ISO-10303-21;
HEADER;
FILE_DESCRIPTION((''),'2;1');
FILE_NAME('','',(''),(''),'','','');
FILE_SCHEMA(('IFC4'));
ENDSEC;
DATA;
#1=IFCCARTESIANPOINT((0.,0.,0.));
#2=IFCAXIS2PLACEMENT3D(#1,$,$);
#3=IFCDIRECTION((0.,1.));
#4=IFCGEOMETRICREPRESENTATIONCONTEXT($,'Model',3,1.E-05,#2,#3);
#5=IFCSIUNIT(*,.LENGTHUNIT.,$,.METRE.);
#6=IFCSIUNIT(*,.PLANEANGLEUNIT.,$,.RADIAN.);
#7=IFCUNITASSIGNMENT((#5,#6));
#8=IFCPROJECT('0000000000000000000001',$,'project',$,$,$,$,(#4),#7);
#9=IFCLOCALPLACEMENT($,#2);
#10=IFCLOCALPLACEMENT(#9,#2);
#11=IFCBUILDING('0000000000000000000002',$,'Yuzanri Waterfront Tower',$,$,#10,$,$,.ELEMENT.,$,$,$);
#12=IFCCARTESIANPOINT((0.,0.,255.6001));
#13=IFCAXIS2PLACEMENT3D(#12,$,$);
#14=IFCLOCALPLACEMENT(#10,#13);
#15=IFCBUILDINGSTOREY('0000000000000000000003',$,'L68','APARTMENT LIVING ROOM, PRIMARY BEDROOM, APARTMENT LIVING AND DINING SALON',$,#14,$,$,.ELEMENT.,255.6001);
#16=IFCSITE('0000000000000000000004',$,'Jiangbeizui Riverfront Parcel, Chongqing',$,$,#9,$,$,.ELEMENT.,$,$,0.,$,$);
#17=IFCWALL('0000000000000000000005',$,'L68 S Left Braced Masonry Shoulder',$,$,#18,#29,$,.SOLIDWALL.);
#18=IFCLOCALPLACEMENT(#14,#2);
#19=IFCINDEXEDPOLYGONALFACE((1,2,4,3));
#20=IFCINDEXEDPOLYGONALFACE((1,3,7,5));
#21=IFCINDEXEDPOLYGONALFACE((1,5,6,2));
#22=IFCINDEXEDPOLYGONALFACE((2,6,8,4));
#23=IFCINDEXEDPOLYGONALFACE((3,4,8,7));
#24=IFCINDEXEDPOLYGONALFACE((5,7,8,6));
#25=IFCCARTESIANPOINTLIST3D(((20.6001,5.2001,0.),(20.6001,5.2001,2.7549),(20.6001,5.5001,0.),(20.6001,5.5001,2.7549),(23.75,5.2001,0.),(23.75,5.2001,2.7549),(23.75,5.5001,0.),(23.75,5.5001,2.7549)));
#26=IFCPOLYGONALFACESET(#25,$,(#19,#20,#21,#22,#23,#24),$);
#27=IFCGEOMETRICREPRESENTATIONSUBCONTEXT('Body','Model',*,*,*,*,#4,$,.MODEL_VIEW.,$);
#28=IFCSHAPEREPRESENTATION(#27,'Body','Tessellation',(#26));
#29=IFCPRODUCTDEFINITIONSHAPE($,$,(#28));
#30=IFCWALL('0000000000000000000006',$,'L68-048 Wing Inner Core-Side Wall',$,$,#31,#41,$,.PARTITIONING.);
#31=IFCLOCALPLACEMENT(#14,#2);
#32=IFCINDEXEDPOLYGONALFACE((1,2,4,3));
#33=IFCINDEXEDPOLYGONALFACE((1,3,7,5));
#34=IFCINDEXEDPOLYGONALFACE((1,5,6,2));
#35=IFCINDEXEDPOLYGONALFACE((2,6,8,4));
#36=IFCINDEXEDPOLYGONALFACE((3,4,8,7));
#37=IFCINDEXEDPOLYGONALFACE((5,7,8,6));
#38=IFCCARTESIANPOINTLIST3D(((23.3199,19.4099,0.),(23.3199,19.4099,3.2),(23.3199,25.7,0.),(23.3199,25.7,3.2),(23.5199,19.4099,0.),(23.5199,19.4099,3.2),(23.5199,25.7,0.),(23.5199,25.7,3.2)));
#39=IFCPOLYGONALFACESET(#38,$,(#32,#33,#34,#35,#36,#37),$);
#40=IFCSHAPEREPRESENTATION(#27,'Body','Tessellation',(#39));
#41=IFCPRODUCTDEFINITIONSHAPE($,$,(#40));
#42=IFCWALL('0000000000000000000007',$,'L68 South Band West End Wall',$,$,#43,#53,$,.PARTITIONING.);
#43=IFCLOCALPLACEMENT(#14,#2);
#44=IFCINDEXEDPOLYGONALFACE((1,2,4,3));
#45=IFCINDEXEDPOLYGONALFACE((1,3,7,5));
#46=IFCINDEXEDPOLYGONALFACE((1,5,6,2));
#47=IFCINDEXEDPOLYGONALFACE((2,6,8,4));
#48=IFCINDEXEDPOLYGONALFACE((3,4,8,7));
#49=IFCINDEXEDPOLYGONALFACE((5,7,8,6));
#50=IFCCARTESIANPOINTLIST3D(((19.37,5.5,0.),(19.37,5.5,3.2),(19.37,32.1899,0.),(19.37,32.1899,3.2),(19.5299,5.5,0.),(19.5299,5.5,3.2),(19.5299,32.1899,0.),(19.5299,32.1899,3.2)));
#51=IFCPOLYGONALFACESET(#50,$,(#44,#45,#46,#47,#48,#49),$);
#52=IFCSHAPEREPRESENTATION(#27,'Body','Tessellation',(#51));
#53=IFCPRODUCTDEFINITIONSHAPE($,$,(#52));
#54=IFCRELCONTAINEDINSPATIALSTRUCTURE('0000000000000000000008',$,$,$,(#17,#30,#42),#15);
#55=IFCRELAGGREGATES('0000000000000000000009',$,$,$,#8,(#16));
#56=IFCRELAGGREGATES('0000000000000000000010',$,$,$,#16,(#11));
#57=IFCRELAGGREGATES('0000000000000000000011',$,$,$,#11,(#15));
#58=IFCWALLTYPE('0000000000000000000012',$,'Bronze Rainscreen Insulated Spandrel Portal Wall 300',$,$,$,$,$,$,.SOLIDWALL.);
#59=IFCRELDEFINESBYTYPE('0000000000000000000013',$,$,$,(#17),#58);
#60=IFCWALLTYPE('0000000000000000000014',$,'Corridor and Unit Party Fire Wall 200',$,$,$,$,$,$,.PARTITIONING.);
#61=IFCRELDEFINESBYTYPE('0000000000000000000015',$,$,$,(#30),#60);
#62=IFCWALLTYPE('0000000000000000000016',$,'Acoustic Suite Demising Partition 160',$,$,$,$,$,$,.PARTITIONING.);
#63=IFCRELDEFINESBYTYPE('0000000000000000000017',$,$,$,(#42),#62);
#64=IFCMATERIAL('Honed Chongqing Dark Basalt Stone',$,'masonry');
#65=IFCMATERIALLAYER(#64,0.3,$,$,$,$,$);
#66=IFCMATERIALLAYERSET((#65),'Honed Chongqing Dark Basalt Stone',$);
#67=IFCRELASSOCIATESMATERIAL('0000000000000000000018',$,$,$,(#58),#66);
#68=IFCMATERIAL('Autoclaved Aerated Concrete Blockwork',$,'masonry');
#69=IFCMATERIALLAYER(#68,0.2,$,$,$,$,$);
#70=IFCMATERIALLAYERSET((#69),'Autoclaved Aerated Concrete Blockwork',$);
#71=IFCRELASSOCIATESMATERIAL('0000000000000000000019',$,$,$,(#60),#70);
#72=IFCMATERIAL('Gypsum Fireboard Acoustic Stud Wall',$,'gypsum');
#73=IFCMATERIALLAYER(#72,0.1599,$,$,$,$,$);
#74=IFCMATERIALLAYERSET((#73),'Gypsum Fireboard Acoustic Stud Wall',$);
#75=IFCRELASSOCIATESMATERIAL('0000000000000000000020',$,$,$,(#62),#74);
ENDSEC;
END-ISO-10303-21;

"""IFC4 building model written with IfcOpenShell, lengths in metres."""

from ifc_helpers import new_model, si_unit, direction, frame, frame_2d, origin, place, context, subcontext, project, spatial, rectangle, extrude, source, transform, mapped, material, layer, layer_set, type_object, element, save


model = new_model("IFC4")

# Units and contexts
model_context = context("Model", 3, precision=1e-05, world=origin(), true_north=direction((0.0, 1.0)))
body_context = subcontext(model_context, "Body", "Model", "MODEL_VIEW")
ifc_project = project(units=[si_unit("LENGTHUNIT", "METRE"), si_unit("PLANEANGLEUNIT", "RADIAN")], contexts=[model_context])

# Site, building, storey
site_placement = place(None, origin())
site = spatial("IfcSite", under=ifc_project, at=site_placement, Name="Jiangbeizui Riverfront Parcel, Chongqing", CompositionType="ELEMENT", RefElevation=0.0)
building_placement = place(site_placement, origin())
building = spatial("IfcBuilding", under=site, at=building_placement, Name="Yuzanri Waterfront Tower", CompositionType="ELEMENT")
storey_placement = place(building_placement, frame((0.0, 0.0, 255.6001)))
storey = spatial("IfcBuildingStorey", under=building, at=storey_placement, Name="L68", Description="APARTMENT LIVING ROOM, PRIMARY BEDROOM, APARTMENT LIVING AND DINING SALON", CompositionType="ELEMENT", Elevation=255.6001)

# Shared definitions
ifc_material_1 = material(Name="Honed Chongqing Dark Basalt Stone", Category="masonry")
ifc_layer_1 = layer(ifc_material_1, 0.3)
ifc_layer_set_1 = layer_set([ifc_layer_1], Name="Honed Chongqing Dark Basalt Stone")
wall_type_1 = type_object("IfcWallType", Name="Bronze Rainscreen Insulated Spandrel Portal Wall 300", PredefinedType="SOLIDWALL", material=ifc_layer_set_1)

# Shared definitions
ifc_material_2 = material(Name="Autoclaved Aerated Concrete Blockwork", Category="masonry")
ifc_layer_2 = layer(ifc_material_2, 0.2)
ifc_layer_set_2 = layer_set([ifc_layer_2], Name="Autoclaved Aerated Concrete Blockwork")
wall_type_2 = type_object("IfcWallType", Name="Corridor and Unit Party Fire Wall 200", PredefinedType="PARTITIONING", material=ifc_layer_set_2)

# Walls
shared_shape_1 = source(origin(), body_context, "Body", "SweptSolid", [
    extrude(rectangle(XDim=3.1499, YDim=0.3, at=frame_2d((1.575, 0.0))), origin(), (0.0, 0.0, 1.0), 2.7549),
])
wall_1_placement = place(storey_placement, frame((20.6001, 5.3501, 0.0), z_axis=(0.0, 0.0, 1.0), x_axis=(1.0, 0.0, 0.0)))
element("IfcWall", 1, at=wall_1_placement, inside=storey, type_object=wall_type_1, Name="L68 S Left Braced Masonry Shoulder", PredefinedType="SOLIDWALL", context=body_context, shape_type="MappedRepresentation", body=[
    mapped(shared_shape_1, transform((0.0, 0.0, 0.0), scale=1.0)),
])
shared_shape_2 = source(origin(), body_context, "Body", "SweptSolid", [
    extrude(rectangle(XDim=6.29, YDim=0.2, at=frame_2d((3.145, 0.0))), origin(), (0.0, 0.0, 1.0), 3.2),
])
wall_2_placement = place(storey_placement, frame((23.4199, 19.4099, 0.0), z_axis=(0.0, 0.0, 1.0), x_axis=(0.0, 1.0, 0.0)))
element("IfcWall", 2, at=wall_2_placement, inside=storey, type_object=wall_type_2, Name="L68-048 Wing Inner Core-Side Wall", PredefinedType="PARTITIONING", context=body_context, shape_type="MappedRepresentation", body=[
    mapped(shared_shape_2, transform((0.0, 0.0, 0.0), scale=1.0)),
])
ifc_material_3 = material(Name="Gypsum Fireboard Acoustic Stud Wall", Category="gypsum")
ifc_layer_3 = layer(ifc_material_3, 0.1599)
ifc_layer_set_3 = layer_set([ifc_layer_3], Name="Gypsum Fireboard Acoustic Stud Wall")
wall_type_3 = type_object("IfcWallType", Name="Acoustic Suite Demising Partition 160", PredefinedType="PARTITIONING", material=ifc_layer_set_3)
shared_shape_3 = source(origin(), body_context, "Body", "SweptSolid", [
    extrude(rectangle(XDim=26.6899, YDim=0.1599, at=frame_2d((13.345, 0.0))), origin(), (0.0, 0.0, 1.0), 3.2),
])
wall_3_placement = place(storey_placement, frame((19.45, 5.5, 0.0), z_axis=(0.0, 0.0, 1.0), x_axis=(0.0, 1.0, 0.0)))
element("IfcWall", 3, at=wall_3_placement, inside=storey, type_object=wall_type_3, Name="L68 South Band West End Wall", PredefinedType="PARTITIONING", context=body_context, shape_type="MappedRepresentation", body=[
    mapped(shared_shape_3, transform((0.0, 0.0, 0.0), scale=1.0)),
])

save(model, "model.ifc")
